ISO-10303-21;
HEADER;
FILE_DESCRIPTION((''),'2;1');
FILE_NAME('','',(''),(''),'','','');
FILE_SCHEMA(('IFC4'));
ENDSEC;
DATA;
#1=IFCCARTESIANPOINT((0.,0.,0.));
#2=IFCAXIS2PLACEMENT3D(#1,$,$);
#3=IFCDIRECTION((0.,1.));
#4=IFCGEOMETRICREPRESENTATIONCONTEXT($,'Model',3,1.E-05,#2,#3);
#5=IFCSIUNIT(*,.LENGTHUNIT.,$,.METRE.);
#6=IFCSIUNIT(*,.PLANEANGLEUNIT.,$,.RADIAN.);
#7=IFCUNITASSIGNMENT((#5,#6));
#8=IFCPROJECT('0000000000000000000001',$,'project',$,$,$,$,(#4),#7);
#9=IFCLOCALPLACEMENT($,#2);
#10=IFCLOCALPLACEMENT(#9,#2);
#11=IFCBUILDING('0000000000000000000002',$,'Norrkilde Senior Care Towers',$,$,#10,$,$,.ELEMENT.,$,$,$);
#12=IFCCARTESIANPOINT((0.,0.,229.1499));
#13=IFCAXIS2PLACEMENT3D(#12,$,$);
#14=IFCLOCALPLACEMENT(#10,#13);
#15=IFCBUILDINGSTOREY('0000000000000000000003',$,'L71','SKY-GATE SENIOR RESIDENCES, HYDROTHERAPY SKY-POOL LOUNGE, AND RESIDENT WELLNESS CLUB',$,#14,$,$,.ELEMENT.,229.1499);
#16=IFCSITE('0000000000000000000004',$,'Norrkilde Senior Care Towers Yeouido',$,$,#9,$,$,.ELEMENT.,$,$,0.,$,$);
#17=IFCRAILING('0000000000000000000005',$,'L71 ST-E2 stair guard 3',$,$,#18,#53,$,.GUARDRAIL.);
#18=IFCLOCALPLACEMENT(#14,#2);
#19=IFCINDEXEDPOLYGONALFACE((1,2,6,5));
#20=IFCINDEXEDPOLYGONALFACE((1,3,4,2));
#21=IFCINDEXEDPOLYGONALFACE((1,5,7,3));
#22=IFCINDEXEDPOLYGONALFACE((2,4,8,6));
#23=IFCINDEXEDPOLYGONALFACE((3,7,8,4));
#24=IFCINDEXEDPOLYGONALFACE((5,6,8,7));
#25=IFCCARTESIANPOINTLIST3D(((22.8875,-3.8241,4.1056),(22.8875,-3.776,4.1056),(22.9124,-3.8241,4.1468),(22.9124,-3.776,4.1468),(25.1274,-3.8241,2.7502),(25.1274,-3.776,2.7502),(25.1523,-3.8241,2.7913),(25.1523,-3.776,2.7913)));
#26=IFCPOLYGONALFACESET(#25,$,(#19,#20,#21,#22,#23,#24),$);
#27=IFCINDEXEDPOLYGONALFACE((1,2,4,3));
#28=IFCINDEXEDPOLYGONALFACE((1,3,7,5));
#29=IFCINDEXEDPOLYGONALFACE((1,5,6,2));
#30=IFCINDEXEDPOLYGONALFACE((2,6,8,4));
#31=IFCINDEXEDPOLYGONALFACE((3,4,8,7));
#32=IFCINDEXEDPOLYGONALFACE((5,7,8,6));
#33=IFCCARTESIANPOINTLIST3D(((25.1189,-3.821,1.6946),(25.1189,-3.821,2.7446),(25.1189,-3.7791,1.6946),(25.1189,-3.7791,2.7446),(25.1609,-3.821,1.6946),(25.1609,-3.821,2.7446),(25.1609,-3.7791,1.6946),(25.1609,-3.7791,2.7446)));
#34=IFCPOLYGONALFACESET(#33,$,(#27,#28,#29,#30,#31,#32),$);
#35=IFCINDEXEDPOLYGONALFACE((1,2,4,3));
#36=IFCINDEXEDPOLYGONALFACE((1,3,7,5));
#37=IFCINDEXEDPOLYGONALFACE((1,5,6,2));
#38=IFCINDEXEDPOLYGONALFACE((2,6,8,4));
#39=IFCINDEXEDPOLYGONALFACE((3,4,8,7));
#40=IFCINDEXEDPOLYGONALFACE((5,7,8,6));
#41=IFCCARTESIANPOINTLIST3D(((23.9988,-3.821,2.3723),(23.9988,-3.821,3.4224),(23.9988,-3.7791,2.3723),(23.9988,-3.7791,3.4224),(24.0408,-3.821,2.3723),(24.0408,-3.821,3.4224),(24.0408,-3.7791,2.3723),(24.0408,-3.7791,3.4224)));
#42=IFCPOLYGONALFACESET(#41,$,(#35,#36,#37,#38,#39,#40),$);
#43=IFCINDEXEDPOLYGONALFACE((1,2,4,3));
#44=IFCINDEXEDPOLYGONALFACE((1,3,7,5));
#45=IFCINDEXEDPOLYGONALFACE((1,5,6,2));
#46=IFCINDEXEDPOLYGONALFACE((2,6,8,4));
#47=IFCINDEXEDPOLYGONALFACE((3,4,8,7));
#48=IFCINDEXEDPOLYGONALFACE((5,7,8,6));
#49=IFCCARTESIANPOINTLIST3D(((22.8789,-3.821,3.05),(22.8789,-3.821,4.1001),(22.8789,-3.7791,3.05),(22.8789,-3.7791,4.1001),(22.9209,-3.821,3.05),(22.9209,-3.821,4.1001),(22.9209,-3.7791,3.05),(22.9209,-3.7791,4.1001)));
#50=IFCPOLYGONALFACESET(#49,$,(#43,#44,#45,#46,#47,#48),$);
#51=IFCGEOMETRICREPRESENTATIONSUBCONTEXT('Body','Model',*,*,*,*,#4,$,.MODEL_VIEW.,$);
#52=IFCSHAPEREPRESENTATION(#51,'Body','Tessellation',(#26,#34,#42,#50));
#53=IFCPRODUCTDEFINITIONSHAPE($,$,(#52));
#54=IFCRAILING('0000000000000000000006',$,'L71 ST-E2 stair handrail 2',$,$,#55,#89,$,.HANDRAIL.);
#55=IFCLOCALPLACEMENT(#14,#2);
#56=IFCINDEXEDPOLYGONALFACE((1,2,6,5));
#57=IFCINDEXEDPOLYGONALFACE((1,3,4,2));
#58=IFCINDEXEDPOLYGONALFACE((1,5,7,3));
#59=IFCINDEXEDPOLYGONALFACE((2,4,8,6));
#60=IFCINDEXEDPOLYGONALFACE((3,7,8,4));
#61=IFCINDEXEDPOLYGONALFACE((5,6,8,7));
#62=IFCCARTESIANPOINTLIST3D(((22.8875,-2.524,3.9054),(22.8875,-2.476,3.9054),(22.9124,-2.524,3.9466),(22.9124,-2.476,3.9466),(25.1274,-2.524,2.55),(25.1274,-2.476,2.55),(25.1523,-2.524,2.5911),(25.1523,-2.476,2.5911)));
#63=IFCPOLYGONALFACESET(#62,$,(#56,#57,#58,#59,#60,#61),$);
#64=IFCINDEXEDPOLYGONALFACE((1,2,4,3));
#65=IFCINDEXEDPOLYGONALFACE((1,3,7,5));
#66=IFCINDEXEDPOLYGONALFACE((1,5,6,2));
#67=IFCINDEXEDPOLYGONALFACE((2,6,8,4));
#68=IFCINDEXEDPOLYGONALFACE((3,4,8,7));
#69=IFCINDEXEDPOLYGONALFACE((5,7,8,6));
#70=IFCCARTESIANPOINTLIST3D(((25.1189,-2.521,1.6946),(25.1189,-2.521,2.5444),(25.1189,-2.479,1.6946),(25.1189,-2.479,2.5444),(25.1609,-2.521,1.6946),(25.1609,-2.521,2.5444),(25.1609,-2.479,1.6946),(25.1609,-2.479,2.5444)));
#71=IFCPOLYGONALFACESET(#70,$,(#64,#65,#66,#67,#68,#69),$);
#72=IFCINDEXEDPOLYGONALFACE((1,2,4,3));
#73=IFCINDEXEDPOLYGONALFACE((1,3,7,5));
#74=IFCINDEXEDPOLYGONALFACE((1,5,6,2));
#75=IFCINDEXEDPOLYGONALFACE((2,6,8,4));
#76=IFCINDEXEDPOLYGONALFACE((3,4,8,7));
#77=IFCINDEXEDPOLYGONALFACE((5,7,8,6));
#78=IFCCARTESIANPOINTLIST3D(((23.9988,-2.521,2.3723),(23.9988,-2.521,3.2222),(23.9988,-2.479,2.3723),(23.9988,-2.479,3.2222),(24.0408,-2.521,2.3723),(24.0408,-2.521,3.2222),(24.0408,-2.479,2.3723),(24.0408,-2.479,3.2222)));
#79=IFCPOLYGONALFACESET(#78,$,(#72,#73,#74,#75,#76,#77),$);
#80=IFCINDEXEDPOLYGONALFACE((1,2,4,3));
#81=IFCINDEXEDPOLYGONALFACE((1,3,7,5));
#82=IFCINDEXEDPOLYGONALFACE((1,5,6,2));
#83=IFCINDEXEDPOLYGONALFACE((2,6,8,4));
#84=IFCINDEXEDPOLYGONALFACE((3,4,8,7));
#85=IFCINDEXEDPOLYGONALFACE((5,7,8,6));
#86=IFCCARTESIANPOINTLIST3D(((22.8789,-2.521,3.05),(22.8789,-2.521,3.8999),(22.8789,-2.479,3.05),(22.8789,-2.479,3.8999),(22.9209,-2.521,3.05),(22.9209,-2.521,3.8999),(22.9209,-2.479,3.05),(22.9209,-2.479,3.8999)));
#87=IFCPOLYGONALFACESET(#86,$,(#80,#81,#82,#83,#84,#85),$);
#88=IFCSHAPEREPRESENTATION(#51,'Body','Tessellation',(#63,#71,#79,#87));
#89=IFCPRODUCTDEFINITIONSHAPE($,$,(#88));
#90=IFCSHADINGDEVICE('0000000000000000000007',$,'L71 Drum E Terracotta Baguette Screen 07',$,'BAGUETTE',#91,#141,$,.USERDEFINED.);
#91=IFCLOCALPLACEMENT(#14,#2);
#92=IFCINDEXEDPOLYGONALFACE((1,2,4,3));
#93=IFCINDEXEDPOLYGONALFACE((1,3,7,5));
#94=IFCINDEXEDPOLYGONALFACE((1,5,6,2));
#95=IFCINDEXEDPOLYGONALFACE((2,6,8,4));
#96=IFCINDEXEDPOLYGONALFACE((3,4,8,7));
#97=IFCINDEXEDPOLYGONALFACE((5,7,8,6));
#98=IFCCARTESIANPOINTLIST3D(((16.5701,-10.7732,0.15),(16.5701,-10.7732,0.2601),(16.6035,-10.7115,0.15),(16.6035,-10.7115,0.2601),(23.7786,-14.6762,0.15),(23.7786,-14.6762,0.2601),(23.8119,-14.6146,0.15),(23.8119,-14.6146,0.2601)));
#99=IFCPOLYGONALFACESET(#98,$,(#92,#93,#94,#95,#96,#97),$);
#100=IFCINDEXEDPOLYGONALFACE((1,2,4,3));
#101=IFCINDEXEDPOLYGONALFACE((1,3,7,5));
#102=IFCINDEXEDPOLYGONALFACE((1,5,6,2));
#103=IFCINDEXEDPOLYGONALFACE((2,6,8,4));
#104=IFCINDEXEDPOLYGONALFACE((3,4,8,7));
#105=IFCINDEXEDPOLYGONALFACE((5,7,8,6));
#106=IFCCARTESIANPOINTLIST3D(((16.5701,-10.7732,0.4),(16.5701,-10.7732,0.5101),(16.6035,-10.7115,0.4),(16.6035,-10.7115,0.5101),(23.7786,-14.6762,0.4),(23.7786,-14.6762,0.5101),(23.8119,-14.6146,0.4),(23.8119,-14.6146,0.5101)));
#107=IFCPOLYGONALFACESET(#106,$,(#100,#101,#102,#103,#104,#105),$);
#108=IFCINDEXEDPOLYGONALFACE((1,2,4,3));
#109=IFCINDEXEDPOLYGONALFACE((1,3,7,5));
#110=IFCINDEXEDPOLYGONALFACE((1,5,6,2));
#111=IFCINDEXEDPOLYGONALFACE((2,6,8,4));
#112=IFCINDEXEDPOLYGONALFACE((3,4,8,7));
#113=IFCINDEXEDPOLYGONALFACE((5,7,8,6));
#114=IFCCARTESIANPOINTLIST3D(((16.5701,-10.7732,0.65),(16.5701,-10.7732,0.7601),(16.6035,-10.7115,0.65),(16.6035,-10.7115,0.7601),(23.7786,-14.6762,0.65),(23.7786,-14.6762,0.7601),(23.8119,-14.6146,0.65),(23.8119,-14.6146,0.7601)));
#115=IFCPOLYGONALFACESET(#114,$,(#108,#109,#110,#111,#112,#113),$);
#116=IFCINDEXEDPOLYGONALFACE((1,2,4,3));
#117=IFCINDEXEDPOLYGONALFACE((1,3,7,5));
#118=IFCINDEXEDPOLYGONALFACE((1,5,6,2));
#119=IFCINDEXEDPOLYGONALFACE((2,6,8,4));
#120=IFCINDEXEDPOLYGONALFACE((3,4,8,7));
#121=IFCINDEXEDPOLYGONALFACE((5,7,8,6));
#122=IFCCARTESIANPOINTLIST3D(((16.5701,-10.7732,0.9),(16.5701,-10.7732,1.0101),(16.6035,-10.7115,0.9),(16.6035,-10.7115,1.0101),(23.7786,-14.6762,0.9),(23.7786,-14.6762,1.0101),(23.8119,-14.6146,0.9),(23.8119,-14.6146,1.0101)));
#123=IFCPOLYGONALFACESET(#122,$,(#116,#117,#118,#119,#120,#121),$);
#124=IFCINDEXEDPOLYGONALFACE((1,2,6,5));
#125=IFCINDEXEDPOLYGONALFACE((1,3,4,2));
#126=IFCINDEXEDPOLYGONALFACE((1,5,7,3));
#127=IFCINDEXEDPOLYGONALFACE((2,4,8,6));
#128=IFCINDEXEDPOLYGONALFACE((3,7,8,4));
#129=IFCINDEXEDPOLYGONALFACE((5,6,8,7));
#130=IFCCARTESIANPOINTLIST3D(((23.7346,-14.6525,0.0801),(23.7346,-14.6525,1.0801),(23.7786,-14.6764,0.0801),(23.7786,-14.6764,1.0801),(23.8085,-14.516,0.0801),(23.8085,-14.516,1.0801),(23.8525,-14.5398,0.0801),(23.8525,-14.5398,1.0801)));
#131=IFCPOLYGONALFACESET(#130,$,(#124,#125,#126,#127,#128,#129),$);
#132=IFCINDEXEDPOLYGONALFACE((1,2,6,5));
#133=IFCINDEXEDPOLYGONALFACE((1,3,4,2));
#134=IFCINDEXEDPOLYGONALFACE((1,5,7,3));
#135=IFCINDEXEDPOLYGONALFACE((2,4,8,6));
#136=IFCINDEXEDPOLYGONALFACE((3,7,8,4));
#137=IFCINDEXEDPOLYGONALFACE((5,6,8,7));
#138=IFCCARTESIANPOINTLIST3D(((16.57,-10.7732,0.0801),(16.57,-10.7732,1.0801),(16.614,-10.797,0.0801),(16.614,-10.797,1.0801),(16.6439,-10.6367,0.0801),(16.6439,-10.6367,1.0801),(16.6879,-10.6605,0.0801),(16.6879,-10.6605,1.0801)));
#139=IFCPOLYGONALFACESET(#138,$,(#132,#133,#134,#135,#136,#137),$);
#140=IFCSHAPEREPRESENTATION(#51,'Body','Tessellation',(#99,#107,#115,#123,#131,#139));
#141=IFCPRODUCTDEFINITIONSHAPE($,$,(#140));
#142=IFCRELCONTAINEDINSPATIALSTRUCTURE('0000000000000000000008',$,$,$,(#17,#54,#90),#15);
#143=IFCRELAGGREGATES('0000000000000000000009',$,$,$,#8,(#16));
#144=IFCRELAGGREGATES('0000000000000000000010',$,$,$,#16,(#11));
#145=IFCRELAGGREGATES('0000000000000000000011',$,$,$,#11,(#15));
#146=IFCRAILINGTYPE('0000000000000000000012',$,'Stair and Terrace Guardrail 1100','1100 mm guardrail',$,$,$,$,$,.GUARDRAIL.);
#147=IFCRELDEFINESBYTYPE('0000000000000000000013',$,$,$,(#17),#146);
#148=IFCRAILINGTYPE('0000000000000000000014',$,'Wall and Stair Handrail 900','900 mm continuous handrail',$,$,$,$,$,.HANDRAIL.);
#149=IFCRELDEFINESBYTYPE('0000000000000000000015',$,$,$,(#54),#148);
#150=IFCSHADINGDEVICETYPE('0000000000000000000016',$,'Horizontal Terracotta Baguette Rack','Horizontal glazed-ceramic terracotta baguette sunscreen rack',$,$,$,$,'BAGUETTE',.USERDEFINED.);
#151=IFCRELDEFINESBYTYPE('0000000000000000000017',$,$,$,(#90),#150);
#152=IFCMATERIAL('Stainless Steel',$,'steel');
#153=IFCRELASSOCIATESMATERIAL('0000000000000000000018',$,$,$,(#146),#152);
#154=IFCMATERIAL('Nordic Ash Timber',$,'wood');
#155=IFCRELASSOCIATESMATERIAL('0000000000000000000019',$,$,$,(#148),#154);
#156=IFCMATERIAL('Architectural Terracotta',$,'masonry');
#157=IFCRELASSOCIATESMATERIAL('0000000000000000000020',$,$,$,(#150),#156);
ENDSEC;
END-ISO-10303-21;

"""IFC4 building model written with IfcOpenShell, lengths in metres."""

from ifc_helpers import new_model, si_unit, direction, frame, origin, origin_2d, place, context, subcontext, project, spatial, rectangle, extrude, source, transform, mapped, material, type_object, type_shapes, element, save


model = new_model("IFC4")

# Units and contexts
model_context = context("Model", 3, precision=1e-05, world=origin(), true_north=direction((0.0, 1.0)))
body_context = subcontext(model_context, "Body", "Model", "MODEL_VIEW")
ifc_project = project(units=[si_unit("LENGTHUNIT", "METRE"), si_unit("PLANEANGLEUNIT", "RADIAN")], contexts=[model_context])

# Site, building, storey
site_placement = place(None, origin())
site = spatial("IfcSite", under=ifc_project, at=site_placement, Name="Norrkilde Senior Care Towers Yeouido", CompositionType="ELEMENT", RefElevation=0.0)
building_placement = place(site_placement, origin())
building = spatial("IfcBuilding", under=site, at=building_placement, Name="Norrkilde Senior Care Towers", CompositionType="ELEMENT")
storey_placement = place(building_placement, frame((0.0, 0.0, 229.1499)))
storey = spatial("IfcBuildingStorey", under=building, at=storey_placement, Name="L71", Description="SKY-GATE SENIOR RESIDENCES, HYDROTHERAPY SKY-POOL LOUNGE, AND RESIDENT WELLNESS CLUB", CompositionType="ELEMENT", Elevation=229.1499)

# Shared definitions
ifc_material_1 = material(Name="Stainless Steel", Category="steel")

# Shared definitions
ifc_material_2 = material(Name="Nordic Ash Timber", Category="wood")

# Railings
railing_type_1 = type_object("IfcRailingType", Name="Stair and Terrace Guardrail 1100", Description="1100 mm guardrail", PredefinedType="GUARDRAIL", material=ifc_material_1)
railing_1_placement = place(storey_placement, frame((25.1399, -3.8, 1.6946)))
element("IfcRailing", 1, at=railing_1_placement, inside=storey, type_object=railing_type_1, Name="L71 ST-E2 stair guard 3", PredefinedType="GUARDRAIL", context=body_context, shape_type="SweptSolid", body=[
    extrude(rectangle(XDim=0.0481, YDim=0.0481, at=origin_2d()), frame((0.0, 0.0, 1.0762), z_axis=(-0.855553, 0.0, 0.517715), x_axis=(0.0, -1.0, 0.0)), (0.0, 0.0, 1.0), 2.6182),
    extrude(rectangle(XDim=0.042, YDim=0.042, at=origin_2d()), origin(), (0.0, 0.0, 1.0), 1.05),
    extrude(rectangle(XDim=0.042, YDim=0.042, at=origin_2d()), frame((-1.1201, 0.0, 0.6777)), (0.0, 0.0, 1.0), 1.05),
    extrude(rectangle(XDim=0.042, YDim=0.042, at=origin_2d()), frame((-2.24, 0.0, 1.3555)), (0.0, 0.0, 1.0), 1.05),
])
railing_type_2 = type_object("IfcRailingType", Name="Wall and Stair Handrail 900", Description="900 mm continuous handrail", PredefinedType="HANDRAIL", material=ifc_material_2)
railing_2_placement = place(storey_placement, frame((25.1399, -2.5, 1.6946)))
element("IfcRailing", 2, at=railing_2_placement, inside=storey, type_object=railing_type_2, Name="L71 ST-E2 stair handrail 2", PredefinedType="HANDRAIL", context=body_context, shape_type="SweptSolid", body=[
    extrude(rectangle(XDim=0.0481, YDim=0.0481, at=origin_2d()), frame((0.0, 0.0, 0.876), z_axis=(-0.855553, 0.0, 0.517715), x_axis=(0.0, -1.0, 0.0)), (0.0, 0.0, 1.0), 2.6182),
    extrude(rectangle(XDim=0.042, YDim=0.042, at=origin_2d()), origin(), (0.0, 0.0, 1.0), 0.8499),
    extrude(rectangle(XDim=0.042, YDim=0.042, at=origin_2d()), frame((-1.1201, 0.0, 0.6777)), (0.0, 0.0, 1.0), 0.8499),
    extrude(rectangle(XDim=0.042, YDim=0.042, at=origin_2d()), frame((-2.24, 0.0, 1.3555)), (0.0, 0.0, 1.0), 0.8499),
])

# Shading device
ifc_material_3 = material(Name="Architectural Terracotta", Category="masonry")
shading_device_type = type_object("IfcShadingDeviceType", Name="Horizontal Terracotta Baguette Rack", Description="Horizontal glazed-ceramic terracotta baguette sunscreen rack", ElementType="BAGUETTE", PredefinedType="USERDEFINED", material=ifc_material_3)
shared_shape_1 = source(origin(), body_context, "Body", "SweptSolid", [
    extrude(rectangle(XDim=0.0701, YDim=0.1101, at=origin_2d()), frame((0.0, 0.0901, 0.125), z_axis=(1.0, 0.0, 0.0), x_axis=(0.0, 1.0, 0.0)), (0.0, 0.0, 1.0), 8.1973),
    extrude(rectangle(XDim=0.0701, YDim=0.1101, at=origin_2d()), frame((0.0, 0.0901, 0.375), z_axis=(1.0, 0.0, 0.0), x_axis=(0.0, 1.0, 0.0)), (0.0, 0.0, 1.0), 8.1973),
    extrude(rectangle(XDim=0.0701, YDim=0.1101, at=origin_2d()), frame((0.0, 0.0901, 0.625), z_axis=(1.0, 0.0, 0.0), x_axis=(0.0, 1.0, 0.0)), (0.0, 0.0, 1.0), 8.1973),
    extrude(rectangle(XDim=0.0701, YDim=0.1101, at=origin_2d()), frame((0.0, 0.0901, 0.875), z_axis=(1.0, 0.0, 0.0), x_axis=(0.0, 1.0, 0.0)), (0.0, 0.0, 1.0), 8.1973),
    extrude(rectangle(XDim=0.05, YDim=0.1553, at=origin_2d()), frame((0.0249, 0.0476, 0.0)), (0.0, 0.0, 1.0), 1.0),
    extrude(rectangle(XDim=0.05, YDim=0.1553, at=origin_2d()), frame((8.1724, 0.0476, 0.0)), (0.0, 0.0, 1.0), 1.0),
])
type_shapes(shading_device_type, [shared_shape_1])
shading_device_placement = place(storey_placement, frame((23.8381, -14.5662, 0.0801), z_axis=(0.0, 0.0, 1.0), x_axis=(-0.879378, 0.476144, 0.0)))
element("IfcShadingDevice", 3, at=shading_device_placement, inside=storey, type_object=shading_device_type, Name="L71 Drum E Terracotta Baguette Screen 07", ObjectType="BAGUETTE", PredefinedType="USERDEFINED", context=body_context, shape_type="MappedRepresentation", body=[
    mapped(shared_shape_1, transform((0.0, 0.0, 0.0), x_axis=(1.0, 0.0, 0.0), y_axis=(0.0, 1.0, 0.0), z_axis=(0.0, 0.0, 1.0), scale=1.0)),
])

save(model, "model.ifc")
